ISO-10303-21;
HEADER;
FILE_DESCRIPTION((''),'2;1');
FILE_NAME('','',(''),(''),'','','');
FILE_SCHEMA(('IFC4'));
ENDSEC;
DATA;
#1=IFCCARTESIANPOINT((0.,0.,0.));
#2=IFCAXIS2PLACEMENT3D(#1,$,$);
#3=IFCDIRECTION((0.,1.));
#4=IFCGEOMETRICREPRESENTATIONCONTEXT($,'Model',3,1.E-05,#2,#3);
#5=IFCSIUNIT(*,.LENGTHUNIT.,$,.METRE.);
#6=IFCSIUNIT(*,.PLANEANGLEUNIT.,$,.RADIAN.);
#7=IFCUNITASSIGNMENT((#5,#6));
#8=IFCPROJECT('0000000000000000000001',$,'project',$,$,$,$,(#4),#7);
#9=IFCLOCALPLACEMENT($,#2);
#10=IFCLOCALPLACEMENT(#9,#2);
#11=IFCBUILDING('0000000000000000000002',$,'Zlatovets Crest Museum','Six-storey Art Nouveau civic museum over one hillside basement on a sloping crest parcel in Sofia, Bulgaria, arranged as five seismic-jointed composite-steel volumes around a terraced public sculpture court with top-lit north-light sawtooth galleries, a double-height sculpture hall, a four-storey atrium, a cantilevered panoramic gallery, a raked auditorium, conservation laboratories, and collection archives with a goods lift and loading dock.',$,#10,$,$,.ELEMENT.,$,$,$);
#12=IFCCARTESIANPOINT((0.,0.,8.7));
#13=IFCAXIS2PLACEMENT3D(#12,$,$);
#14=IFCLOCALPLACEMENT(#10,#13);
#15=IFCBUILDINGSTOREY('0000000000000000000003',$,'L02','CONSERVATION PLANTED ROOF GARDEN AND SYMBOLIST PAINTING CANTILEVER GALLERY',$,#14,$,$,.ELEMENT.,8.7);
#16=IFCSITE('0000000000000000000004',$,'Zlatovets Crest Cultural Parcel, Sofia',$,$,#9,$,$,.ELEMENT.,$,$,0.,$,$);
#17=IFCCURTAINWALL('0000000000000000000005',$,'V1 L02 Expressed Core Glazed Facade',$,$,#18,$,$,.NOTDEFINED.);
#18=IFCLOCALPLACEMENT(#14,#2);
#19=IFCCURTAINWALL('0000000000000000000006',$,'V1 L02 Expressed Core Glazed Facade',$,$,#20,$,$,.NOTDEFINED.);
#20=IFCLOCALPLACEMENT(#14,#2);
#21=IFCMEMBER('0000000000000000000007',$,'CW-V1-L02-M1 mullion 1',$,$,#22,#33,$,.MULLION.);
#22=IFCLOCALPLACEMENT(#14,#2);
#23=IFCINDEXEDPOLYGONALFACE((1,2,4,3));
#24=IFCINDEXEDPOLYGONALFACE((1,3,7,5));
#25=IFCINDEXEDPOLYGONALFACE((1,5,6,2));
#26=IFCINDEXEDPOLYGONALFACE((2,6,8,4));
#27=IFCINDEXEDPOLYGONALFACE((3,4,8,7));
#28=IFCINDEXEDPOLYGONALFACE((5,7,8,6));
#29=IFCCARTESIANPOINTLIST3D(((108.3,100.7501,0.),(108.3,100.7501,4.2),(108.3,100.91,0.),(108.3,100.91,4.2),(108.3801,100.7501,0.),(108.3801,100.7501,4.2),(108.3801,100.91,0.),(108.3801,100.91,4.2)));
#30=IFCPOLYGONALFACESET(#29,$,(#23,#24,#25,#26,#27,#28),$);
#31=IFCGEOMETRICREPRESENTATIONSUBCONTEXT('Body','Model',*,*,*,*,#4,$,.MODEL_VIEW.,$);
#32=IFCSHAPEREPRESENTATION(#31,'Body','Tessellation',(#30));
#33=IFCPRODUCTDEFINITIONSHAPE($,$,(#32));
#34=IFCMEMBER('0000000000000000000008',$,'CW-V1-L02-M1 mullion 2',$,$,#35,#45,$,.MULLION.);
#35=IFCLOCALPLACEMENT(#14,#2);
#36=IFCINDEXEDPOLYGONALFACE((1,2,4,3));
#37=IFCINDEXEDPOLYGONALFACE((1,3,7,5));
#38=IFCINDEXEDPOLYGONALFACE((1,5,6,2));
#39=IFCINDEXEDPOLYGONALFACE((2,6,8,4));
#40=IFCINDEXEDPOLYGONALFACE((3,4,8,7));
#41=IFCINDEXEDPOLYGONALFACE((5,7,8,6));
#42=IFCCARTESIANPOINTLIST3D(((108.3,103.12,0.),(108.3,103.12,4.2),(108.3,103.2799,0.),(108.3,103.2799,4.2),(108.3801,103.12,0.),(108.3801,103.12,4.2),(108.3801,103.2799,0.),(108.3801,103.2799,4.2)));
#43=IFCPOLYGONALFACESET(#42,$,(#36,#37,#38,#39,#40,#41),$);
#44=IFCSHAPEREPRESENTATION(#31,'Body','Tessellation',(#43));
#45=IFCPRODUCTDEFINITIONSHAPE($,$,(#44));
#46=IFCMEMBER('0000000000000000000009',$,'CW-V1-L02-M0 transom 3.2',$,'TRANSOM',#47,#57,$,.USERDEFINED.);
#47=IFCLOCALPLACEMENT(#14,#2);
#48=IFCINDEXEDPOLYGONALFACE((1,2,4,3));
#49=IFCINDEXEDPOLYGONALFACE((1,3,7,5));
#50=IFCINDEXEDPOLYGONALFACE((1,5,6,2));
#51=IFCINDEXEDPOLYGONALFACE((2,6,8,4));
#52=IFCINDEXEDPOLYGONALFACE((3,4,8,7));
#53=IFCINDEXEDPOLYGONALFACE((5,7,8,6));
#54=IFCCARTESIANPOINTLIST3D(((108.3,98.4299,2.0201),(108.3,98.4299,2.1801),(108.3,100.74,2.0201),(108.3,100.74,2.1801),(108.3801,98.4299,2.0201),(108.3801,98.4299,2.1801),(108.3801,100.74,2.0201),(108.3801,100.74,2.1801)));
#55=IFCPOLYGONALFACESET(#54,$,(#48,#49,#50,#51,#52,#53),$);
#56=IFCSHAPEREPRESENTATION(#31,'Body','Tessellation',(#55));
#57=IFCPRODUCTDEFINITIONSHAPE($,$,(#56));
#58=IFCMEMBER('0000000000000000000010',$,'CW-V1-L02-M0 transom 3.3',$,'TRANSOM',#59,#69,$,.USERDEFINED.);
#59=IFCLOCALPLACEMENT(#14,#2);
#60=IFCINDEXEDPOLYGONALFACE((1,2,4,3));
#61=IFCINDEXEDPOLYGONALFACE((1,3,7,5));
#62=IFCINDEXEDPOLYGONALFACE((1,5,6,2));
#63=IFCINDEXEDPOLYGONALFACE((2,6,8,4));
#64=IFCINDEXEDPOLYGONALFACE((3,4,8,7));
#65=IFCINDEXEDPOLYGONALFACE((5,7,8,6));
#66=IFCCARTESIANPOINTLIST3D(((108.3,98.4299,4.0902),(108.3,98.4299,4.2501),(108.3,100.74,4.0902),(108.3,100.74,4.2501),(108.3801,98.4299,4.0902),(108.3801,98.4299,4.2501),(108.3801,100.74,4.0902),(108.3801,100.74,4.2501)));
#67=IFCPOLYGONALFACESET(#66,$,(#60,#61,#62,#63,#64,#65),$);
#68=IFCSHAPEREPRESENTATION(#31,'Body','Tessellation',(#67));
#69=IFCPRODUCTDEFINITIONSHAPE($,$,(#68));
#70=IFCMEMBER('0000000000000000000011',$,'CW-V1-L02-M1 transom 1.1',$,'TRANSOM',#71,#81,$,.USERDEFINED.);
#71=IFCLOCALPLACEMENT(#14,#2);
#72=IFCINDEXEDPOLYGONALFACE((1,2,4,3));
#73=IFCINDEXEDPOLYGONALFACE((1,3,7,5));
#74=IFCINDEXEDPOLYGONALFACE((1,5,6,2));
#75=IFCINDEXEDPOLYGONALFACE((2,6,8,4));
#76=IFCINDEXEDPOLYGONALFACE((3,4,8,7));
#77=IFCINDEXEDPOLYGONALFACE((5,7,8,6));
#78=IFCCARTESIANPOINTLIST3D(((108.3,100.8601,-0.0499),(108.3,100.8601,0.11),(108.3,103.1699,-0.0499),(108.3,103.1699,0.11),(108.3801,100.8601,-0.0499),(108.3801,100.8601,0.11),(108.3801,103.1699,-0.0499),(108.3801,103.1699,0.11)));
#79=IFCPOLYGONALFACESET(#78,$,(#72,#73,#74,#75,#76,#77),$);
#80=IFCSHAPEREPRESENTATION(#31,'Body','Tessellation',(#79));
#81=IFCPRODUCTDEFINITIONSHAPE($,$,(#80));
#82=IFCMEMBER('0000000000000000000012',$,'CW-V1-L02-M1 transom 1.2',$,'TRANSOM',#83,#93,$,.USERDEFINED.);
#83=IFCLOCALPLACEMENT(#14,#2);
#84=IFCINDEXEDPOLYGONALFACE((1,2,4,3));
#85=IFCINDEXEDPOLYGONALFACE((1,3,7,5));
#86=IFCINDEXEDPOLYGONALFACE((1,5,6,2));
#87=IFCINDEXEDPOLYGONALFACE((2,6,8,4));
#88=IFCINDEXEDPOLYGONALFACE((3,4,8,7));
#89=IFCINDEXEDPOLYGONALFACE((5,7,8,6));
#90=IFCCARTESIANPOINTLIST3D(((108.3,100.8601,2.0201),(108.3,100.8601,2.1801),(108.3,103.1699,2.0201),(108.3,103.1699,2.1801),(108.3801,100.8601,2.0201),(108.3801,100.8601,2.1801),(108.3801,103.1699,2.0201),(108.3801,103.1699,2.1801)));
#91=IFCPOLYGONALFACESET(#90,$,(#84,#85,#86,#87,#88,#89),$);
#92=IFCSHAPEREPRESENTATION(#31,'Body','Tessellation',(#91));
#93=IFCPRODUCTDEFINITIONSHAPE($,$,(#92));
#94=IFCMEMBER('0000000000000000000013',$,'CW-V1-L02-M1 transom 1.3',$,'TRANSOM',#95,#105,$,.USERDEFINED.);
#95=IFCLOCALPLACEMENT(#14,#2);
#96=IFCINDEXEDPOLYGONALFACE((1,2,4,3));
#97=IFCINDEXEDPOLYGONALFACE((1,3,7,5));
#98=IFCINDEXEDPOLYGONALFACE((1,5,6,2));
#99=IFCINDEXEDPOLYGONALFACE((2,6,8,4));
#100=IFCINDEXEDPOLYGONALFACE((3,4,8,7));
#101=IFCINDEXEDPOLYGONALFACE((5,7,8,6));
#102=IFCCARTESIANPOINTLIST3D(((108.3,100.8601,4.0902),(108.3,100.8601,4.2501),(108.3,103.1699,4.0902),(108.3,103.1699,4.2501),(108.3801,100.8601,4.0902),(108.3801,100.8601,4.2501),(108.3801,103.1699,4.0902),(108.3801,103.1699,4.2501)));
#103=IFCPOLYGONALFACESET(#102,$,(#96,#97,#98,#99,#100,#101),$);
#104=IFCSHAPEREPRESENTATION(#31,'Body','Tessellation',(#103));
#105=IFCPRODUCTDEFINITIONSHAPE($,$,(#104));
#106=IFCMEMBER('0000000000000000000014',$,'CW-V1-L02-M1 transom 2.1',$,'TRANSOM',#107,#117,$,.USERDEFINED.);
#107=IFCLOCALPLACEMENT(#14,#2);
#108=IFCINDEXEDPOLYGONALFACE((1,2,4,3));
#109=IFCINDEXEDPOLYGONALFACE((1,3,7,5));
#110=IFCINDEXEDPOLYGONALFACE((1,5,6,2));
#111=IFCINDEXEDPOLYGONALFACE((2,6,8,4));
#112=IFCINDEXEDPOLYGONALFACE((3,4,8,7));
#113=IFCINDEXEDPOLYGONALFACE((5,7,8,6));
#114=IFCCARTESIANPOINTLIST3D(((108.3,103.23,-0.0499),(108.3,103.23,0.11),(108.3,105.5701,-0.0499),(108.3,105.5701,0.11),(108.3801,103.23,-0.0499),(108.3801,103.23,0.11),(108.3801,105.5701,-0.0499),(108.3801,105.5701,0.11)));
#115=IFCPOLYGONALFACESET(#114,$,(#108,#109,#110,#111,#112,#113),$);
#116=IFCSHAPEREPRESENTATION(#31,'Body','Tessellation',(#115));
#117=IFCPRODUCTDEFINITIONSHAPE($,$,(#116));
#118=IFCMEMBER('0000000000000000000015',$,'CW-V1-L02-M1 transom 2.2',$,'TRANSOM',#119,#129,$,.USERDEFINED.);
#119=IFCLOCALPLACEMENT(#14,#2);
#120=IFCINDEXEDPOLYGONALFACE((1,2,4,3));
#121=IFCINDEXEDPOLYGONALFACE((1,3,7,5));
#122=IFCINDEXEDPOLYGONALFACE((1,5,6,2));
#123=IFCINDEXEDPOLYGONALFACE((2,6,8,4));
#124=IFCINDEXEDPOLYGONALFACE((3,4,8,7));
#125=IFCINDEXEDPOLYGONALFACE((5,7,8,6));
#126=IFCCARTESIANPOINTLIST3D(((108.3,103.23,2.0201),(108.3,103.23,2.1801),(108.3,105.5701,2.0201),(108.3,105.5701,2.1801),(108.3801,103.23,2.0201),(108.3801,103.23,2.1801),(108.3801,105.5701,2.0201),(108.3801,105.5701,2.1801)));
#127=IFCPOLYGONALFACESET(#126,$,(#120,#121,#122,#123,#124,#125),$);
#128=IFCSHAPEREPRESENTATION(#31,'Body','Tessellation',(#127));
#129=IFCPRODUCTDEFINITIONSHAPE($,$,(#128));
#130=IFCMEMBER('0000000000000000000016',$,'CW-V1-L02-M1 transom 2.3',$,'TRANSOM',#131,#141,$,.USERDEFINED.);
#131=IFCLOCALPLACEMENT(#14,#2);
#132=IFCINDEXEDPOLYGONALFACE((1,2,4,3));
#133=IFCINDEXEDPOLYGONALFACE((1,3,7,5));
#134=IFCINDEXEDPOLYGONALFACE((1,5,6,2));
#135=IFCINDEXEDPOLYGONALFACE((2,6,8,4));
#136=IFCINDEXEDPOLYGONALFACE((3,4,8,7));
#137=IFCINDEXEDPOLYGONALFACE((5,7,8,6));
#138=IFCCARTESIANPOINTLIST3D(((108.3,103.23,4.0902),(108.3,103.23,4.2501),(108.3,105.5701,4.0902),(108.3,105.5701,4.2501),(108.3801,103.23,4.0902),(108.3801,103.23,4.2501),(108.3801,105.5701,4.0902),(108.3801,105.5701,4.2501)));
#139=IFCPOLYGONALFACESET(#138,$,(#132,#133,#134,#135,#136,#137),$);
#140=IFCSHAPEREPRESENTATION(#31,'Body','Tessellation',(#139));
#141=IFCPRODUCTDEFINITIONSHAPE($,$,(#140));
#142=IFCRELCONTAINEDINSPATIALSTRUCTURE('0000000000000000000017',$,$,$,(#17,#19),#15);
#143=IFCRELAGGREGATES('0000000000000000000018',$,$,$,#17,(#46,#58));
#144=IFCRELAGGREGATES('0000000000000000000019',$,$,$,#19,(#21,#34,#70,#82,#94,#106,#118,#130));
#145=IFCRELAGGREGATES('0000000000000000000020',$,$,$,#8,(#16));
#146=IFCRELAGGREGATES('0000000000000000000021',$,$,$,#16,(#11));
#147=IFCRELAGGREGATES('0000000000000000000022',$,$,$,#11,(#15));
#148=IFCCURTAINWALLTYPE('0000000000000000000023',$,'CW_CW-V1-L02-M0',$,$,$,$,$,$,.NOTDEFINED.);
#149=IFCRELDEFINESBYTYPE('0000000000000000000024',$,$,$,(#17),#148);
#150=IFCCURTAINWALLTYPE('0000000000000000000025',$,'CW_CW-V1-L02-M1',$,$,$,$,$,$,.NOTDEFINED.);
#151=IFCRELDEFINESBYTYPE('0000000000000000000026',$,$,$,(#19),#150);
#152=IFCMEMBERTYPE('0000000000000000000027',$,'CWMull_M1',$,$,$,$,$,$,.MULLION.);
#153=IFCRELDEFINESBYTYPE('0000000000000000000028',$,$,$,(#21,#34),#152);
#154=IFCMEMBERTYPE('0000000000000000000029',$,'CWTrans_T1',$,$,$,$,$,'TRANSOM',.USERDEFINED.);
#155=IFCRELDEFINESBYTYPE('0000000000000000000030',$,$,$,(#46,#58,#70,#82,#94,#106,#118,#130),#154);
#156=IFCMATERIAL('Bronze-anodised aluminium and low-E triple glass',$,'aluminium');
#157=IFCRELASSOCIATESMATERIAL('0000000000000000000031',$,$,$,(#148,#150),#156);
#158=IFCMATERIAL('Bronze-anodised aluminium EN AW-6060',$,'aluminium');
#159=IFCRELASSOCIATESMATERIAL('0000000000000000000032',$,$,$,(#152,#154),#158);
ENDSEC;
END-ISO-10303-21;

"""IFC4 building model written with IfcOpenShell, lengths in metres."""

from ifc_helpers import new_model, si_unit, direction, frame, origin, origin_2d, place, context, subcontext, project, spatial, rectangle, extrude, material, material_profile, profile_set, type_object, element, aggregate, save


model = new_model("IFC4")

# Units and contexts
model_context = context("Model", 3, precision=1e-05, world=origin(), true_north=direction((0.0, 1.0)))
body_context = subcontext(model_context, "Body", "Model", "MODEL_VIEW")
ifc_project = project(units=[si_unit("LENGTHUNIT", "METRE"), si_unit("PLANEANGLEUNIT", "RADIAN")], contexts=[model_context])

# Site, building, storey
site_placement = place(None, origin())
site = spatial("IfcSite", under=ifc_project, at=site_placement, Name="Zlatovets Crest Cultural Parcel, Sofia", CompositionType="ELEMENT", RefElevation=0.0)
building_placement = place(site_placement, origin())
building = spatial("IfcBuilding", under=site, at=building_placement, Name="Zlatovets Crest Museum", Description="Six-storey Art Nouveau civic museum over one hillside basement on a sloping crest parcel in Sofia, Bulgaria, arranged as five seismic-jointed composite-steel volumes around a terraced public sculpture court with top-lit north-light sawtooth galleries, a double-height sculpture hall, a four-storey atrium, a cantilevered panoramic gallery, a raked auditorium, conservation laboratories, and collection archives with a goods lift and loading dock.", CompositionType="ELEMENT")
storey_placement = place(building_placement, frame((0.0, 0.0, 8.7)))
storey = spatial("IfcBuildingStorey", under=building, at=storey_placement, Name="L02", Description="CONSERVATION PLANTED ROOF GARDEN AND SYMBOLIST PAINTING CANTILEVER GALLERY", CompositionType="ELEMENT", Elevation=8.7)

# Curtain wall
ifc_material_1 = material(Name="Bronze-anodised aluminium and low-E triple glass", Category="aluminium")
curtain_wall_type_1 = type_object("IfcCurtainWallType", Name="CW_CW-V1-L02-M0", PredefinedType="NOTDEFINED", material=ifc_material_1)
curtain_wall_1_placement = place(storey_placement, origin())
curtain_wall_1 = element("IfcCurtainWall", 1, at=curtain_wall_1_placement, inside=storey, type_object=curtain_wall_type_1, Name="V1 L02 Expressed Core Glazed Facade", PredefinedType="NOTDEFINED")
ifc_material_2 = material(Name="Bronze-anodised aluminium EN AW-6060", Category="aluminium")
ifc_material_profile_1 = material_profile(ifc_material_2, rectangle(XDim=0.0801, YDim=0.1599, at=origin_2d()), Name="ALU 80x160")
ifc_profile_set_1 = profile_set([ifc_material_profile_1], Name="Bronze-anodised aluminium EN AW-6060")
member_type_1 = type_object("IfcMemberType", Name="CWMull_M1", PredefinedType="MULLION", material=ifc_profile_set_1)

# Curtain wall, members
curtain_wall_type_2 = type_object("IfcCurtainWallType", Name="CW_CW-V1-L02-M1", PredefinedType="NOTDEFINED", material=ifc_material_1)
curtain_wall_2_placement = place(storey_placement, origin())
curtain_wall_2 = element("IfcCurtainWall", 2, at=curtain_wall_2_placement, inside=storey, type_object=curtain_wall_type_2, Name="V1 L02 Expressed Core Glazed Facade", PredefinedType="NOTDEFINED")
member_1_placement = place(storey_placement, frame((108.3401, 100.8301, 0.0), z_axis=(0.0, 0.0, 1.0), x_axis=(-1.0, 0.0, 0.0)))
member_1 = element("IfcMember", 3, at=member_1_placement, type_object=member_type_1, Name="CW-V1-L02-M1 mullion 1", PredefinedType="MULLION", context=body_context, shape_type="SweptSolid", body=[
    extrude(rectangle(XDim=0.0801, YDim=0.1599, at=origin_2d()), origin(), (0.0, 0.0, 1.0), 4.2),
])
member_2_placement = place(storey_placement, frame((108.3401, 103.2, 0.0), z_axis=(0.0, 0.0, 1.0), x_axis=(-1.0, 0.0, 0.0)))
member_2 = element("IfcMember", 4, at=member_2_placement, type_object=member_type_1, Name="CW-V1-L02-M1 mullion 2", PredefinedType="MULLION", context=body_context, shape_type="SweptSolid", body=[
    extrude(rectangle(XDim=0.0801, YDim=0.1599, at=origin_2d()), origin(), (0.0, 0.0, 1.0), 4.2),
])

# Members
ifc_material_profile_2 = material_profile(ifc_material_2, rectangle(XDim=0.0801, YDim=0.1599, at=origin_2d()), Name="ALU 80x160")
ifc_profile_set_2 = profile_set([ifc_material_profile_2], Name="Bronze-anodised aluminium EN AW-6060")
member_type_2 = type_object("IfcMemberType", Name="CWTrans_T1", ElementType="TRANSOM", PredefinedType="USERDEFINED", material=ifc_profile_set_2)
member_3_placement = place(storey_placement, frame((108.3401, 98.4299, 2.1001), z_axis=(0.0, 1.0, 0.0), x_axis=(-1.0, 0.0, 0.0)))
member_3 = element("IfcMember", 5, at=member_3_placement, type_object=member_type_2, Name="CW-V1-L02-M0 transom 3.2", ObjectType="TRANSOM", PredefinedType="USERDEFINED", context=body_context, shape_type="SweptSolid", body=[
    extrude(rectangle(XDim=0.0801, YDim=0.1599, at=origin_2d()), origin(), (0.0, 0.0, 1.0), 2.3101),
])
member_4_placement = place(storey_placement, frame((108.3401, 98.4299, 4.1702), z_axis=(0.0, 1.0, 0.0), x_axis=(-1.0, 0.0, 0.0)))
member_4 = element("IfcMember", 6, at=member_4_placement, type_object=member_type_2, Name="CW-V1-L02-M0 transom 3.3", ObjectType="TRANSOM", PredefinedType="USERDEFINED", context=body_context, shape_type="SweptSolid", body=[
    extrude(rectangle(XDim=0.0801, YDim=0.1599, at=origin_2d()), origin(), (0.0, 0.0, 1.0), 2.3101),
])
member_5_placement = place(storey_placement, frame((108.3401, 100.8601, 0.03), z_axis=(0.0, 1.0, 0.0), x_axis=(-1.0, 0.0, 0.0)))
member_5 = element("IfcMember", 7, at=member_5_placement, type_object=member_type_2, Name="CW-V1-L02-M1 transom 1.1", ObjectType="TRANSOM", PredefinedType="USERDEFINED", context=body_context, shape_type="SweptSolid", body=[
    extrude(rectangle(XDim=0.0801, YDim=0.1599, at=origin_2d()), origin(), (0.0, 0.0, 1.0), 2.3098),
])
member_6_placement = place(storey_placement, frame((108.3401, 100.8601, 2.1001), z_axis=(0.0, 1.0, 0.0), x_axis=(-1.0, 0.0, 0.0)))
member_6 = element("IfcMember", 8, at=member_6_placement, type_object=member_type_2, Name="CW-V1-L02-M1 transom 1.2", ObjectType="TRANSOM", PredefinedType="USERDEFINED", context=body_context, shape_type="SweptSolid", body=[
    extrude(rectangle(XDim=0.0801, YDim=0.1599, at=origin_2d()), origin(), (0.0, 0.0, 1.0), 2.3098),
])
member_7_placement = place(storey_placement, frame((108.3401, 100.8601, 4.1702), z_axis=(0.0, 1.0, 0.0), x_axis=(-1.0, 0.0, 0.0)))
member_7 = element("IfcMember", 9, at=member_7_placement, type_object=member_type_2, Name="CW-V1-L02-M1 transom 1.3", ObjectType="TRANSOM", PredefinedType="USERDEFINED", context=body_context, shape_type="SweptSolid", body=[
    extrude(rectangle(XDim=0.0801, YDim=0.1599, at=origin_2d()), origin(), (0.0, 0.0, 1.0), 2.3098),
])
member_8_placement = place(storey_placement, frame((108.3401, 103.23, 0.03), z_axis=(0.0, 1.0, 0.0), x_axis=(-1.0, 0.0, 0.0)))
member_8 = element("IfcMember", 10, at=member_8_placement, type_object=member_type_2, Name="CW-V1-L02-M1 transom 2.1", ObjectType="TRANSOM", PredefinedType="USERDEFINED", context=body_context, shape_type="SweptSolid", body=[
    extrude(rectangle(XDim=0.0801, YDim=0.1599, at=origin_2d()), origin(), (0.0, 0.0, 1.0), 2.3401),
])
member_9_placement = place(storey_placement, frame((108.3401, 103.23, 2.1001), z_axis=(0.0, 1.0, 0.0), x_axis=(-1.0, 0.0, 0.0)))
member_9 = element("IfcMember", 11, at=member_9_placement, type_object=member_type_2, Name="CW-V1-L02-M1 transom 2.2", ObjectType="TRANSOM", PredefinedType="USERDEFINED", context=body_context, shape_type="SweptSolid", body=[
    extrude(rectangle(XDim=0.0801, YDim=0.1599, at=origin_2d()), origin(), (0.0, 0.0, 1.0), 2.3401),
])
member_10_placement = place(storey_placement, frame((108.3401, 103.23, 4.1702), z_axis=(0.0, 1.0, 0.0), x_axis=(-1.0, 0.0, 0.0)))
member_10 = element("IfcMember", 12, at=member_10_placement, type_object=member_type_2, Name="CW-V1-L02-M1 transom 2.3", ObjectType="TRANSOM", PredefinedType="USERDEFINED", context=body_context, shape_type="SweptSolid", body=[
    extrude(rectangle(XDim=0.0801, YDim=0.1599, at=origin_2d()), origin(), (0.0, 0.0, 1.0), 2.3401),
])

aggregate(curtain_wall_1, [member_3, member_4])
aggregate(curtain_wall_2, [member_1, member_2, member_5, member_6, member_7, member_8, member_9, member_10])

save(model, "model.ifc")
